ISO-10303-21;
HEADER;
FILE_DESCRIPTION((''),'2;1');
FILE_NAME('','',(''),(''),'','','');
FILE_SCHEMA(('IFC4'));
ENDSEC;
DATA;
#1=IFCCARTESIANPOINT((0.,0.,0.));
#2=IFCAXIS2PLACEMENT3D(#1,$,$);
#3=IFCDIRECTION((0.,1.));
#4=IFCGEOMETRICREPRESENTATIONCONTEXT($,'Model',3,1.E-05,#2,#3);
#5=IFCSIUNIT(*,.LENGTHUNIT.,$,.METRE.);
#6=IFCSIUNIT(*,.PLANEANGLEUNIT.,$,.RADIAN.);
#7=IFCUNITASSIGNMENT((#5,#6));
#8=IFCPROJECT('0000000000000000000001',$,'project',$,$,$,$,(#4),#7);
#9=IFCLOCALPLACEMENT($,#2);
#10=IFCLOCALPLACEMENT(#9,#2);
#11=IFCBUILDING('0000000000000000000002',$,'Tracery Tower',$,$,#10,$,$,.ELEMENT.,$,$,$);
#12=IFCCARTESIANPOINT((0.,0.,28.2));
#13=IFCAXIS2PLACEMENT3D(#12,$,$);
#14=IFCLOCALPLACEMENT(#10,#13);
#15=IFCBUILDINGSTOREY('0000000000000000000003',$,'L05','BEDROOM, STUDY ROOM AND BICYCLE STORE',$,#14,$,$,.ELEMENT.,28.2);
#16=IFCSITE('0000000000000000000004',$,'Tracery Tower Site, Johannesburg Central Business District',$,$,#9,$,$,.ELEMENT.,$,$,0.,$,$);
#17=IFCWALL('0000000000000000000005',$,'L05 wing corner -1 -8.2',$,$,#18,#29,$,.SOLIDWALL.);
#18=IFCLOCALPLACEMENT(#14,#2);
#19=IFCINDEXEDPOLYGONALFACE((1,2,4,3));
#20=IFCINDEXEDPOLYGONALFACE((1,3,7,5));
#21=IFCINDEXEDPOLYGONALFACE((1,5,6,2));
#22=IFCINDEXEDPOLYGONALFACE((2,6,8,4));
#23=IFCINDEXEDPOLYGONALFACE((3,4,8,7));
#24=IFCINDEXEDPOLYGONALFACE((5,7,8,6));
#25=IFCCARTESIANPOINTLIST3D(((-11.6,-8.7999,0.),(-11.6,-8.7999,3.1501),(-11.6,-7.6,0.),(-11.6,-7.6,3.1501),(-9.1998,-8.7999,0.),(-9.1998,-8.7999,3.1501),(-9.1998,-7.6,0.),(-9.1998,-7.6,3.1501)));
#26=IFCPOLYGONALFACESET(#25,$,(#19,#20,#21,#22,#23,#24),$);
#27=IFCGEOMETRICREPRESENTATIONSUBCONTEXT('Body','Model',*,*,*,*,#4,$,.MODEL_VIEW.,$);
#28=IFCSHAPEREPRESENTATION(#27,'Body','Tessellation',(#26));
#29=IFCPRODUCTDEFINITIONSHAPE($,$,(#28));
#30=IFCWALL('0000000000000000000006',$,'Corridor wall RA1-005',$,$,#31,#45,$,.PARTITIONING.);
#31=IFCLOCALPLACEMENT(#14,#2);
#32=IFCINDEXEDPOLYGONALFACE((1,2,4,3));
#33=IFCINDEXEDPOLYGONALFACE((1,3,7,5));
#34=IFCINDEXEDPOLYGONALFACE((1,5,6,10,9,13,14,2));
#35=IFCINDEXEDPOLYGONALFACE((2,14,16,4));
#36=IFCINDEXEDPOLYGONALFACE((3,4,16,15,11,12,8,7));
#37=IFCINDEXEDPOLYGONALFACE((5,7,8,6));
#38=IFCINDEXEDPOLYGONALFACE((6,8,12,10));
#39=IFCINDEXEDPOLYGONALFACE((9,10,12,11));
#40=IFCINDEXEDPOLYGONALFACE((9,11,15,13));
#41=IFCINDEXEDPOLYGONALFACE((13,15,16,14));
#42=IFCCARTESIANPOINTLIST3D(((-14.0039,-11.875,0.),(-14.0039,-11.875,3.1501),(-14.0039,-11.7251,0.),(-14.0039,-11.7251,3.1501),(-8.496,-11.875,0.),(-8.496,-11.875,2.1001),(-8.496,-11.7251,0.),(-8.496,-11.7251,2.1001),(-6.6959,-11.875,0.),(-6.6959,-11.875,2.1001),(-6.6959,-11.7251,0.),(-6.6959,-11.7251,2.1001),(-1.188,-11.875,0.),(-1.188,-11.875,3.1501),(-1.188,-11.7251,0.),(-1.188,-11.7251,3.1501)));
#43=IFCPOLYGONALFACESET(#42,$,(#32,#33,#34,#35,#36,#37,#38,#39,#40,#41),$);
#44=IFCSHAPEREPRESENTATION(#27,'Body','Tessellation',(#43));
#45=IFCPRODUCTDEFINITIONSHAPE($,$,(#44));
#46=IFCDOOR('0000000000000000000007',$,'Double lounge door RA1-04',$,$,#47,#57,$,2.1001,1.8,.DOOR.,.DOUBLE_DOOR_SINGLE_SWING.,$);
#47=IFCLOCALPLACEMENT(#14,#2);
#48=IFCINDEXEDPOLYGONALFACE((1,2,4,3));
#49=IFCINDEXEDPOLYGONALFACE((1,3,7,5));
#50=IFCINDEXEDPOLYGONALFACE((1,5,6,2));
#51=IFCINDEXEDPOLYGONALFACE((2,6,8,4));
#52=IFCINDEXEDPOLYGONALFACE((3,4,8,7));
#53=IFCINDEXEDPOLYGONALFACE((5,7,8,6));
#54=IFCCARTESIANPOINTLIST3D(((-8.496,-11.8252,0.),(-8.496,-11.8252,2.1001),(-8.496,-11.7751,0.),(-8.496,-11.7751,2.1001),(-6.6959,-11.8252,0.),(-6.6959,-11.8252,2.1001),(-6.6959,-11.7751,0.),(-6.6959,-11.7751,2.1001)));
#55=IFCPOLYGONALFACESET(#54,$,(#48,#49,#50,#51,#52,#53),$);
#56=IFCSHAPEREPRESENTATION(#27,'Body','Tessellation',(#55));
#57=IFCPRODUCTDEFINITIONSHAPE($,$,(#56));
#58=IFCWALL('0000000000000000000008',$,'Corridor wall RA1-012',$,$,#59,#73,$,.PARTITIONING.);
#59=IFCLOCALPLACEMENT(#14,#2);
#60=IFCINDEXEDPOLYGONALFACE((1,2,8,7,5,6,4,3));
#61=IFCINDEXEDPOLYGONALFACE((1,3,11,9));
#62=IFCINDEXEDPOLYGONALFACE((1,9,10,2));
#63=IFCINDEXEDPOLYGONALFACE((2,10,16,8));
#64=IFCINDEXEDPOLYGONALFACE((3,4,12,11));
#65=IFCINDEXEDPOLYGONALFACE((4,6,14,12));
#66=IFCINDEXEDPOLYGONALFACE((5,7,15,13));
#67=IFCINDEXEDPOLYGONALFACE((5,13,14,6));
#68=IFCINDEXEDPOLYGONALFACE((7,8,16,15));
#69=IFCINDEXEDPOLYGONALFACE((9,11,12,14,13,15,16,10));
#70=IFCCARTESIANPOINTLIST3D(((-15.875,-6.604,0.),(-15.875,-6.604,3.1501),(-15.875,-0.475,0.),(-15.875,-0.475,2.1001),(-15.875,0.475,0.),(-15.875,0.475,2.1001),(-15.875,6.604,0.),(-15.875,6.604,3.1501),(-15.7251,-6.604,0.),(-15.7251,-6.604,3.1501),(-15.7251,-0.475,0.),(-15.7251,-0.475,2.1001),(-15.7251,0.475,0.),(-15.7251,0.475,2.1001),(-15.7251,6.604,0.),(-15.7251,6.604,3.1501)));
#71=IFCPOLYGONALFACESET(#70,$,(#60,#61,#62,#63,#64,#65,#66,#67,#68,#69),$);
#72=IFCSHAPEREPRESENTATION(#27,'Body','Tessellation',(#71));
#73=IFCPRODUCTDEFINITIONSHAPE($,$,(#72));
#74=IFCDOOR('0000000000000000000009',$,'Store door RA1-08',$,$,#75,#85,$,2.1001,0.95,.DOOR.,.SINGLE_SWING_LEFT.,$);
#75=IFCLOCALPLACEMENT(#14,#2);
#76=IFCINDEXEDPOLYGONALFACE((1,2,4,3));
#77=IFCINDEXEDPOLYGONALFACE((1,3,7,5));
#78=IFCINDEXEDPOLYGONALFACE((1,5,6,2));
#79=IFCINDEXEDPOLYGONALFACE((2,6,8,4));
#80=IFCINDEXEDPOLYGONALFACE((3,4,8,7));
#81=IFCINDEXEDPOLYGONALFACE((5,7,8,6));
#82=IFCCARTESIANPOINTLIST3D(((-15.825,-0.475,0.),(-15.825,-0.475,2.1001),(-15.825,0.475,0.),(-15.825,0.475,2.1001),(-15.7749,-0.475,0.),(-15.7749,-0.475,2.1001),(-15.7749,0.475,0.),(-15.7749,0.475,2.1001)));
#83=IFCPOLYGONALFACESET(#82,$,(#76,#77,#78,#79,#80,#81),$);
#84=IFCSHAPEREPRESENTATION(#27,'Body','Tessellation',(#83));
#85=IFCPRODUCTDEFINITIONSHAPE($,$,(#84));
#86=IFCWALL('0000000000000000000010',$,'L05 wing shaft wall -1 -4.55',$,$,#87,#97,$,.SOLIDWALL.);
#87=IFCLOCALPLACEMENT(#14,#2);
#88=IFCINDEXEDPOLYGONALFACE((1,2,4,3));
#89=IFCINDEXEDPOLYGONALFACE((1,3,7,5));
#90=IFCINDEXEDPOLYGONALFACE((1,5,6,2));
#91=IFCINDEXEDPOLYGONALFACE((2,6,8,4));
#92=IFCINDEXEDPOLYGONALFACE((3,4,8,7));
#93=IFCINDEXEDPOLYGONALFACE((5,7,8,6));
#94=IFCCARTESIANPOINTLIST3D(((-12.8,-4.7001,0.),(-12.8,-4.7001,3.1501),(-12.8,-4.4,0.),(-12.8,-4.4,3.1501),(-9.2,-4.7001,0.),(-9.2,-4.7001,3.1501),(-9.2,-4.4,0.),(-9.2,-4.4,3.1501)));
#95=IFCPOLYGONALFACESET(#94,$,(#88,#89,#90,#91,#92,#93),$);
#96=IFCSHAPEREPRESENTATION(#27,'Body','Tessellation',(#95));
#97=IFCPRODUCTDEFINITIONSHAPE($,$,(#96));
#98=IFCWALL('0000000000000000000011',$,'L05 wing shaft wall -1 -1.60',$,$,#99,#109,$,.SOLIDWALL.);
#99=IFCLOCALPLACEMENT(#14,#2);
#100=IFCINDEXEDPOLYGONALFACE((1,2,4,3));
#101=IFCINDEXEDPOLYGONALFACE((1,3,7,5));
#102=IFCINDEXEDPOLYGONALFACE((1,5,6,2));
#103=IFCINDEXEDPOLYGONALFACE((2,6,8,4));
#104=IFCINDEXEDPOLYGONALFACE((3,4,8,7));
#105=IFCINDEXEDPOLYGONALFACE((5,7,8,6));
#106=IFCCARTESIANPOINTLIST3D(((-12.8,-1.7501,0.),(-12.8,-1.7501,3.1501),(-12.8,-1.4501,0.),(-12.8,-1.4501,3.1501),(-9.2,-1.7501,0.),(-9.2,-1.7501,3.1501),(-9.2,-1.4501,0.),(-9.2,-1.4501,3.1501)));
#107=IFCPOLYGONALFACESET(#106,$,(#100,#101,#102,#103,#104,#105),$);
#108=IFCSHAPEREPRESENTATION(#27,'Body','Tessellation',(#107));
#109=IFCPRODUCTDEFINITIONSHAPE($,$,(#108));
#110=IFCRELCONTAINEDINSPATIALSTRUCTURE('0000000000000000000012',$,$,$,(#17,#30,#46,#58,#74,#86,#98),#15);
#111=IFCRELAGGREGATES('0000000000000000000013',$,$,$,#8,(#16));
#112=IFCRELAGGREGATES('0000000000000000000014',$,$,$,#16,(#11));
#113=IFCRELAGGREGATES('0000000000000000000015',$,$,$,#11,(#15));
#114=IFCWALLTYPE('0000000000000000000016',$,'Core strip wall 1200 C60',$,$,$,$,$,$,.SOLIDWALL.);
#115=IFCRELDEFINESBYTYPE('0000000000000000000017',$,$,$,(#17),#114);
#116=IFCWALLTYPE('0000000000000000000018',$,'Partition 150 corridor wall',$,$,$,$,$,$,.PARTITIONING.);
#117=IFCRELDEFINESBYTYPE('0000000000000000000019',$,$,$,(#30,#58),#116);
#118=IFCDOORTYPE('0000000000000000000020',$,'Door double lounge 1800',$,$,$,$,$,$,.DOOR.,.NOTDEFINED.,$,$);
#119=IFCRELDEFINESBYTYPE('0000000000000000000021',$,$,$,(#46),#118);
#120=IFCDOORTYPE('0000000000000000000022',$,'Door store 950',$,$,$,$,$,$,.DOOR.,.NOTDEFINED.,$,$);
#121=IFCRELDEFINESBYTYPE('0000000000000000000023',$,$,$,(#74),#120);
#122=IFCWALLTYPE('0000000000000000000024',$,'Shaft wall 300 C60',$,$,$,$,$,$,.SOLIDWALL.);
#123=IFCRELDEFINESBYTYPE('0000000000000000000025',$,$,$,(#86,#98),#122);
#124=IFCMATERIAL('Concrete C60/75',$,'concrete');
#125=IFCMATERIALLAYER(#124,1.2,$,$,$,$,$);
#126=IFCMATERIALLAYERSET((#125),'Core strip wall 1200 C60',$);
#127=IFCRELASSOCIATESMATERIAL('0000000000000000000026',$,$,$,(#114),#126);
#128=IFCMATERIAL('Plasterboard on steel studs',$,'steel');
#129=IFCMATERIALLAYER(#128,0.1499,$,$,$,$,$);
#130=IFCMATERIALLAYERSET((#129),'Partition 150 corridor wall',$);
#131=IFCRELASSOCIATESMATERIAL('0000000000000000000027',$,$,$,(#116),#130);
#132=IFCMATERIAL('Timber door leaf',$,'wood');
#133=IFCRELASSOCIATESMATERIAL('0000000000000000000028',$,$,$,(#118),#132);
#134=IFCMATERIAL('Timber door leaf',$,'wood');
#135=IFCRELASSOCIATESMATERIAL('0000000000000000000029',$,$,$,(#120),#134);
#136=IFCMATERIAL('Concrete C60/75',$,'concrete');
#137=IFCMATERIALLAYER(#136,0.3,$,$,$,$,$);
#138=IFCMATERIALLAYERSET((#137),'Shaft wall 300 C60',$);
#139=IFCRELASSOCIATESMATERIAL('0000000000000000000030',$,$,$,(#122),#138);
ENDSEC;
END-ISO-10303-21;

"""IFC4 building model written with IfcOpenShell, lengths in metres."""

from ifc_helpers import new_model, si_unit, direction, frame, frame_2d, origin, place, context, subcontext, project, spatial, rectangle, extrude, material, layer, layer_set, type_object, element, fill, save


model = new_model("IFC4")

# Units and contexts
model_context = context("Model", 3, precision=1e-05, world=origin(), true_north=direction((0.0, 1.0)))
body_context = subcontext(model_context, "Body", "Model", "MODEL_VIEW")
ifc_project = project(units=[si_unit("LENGTHUNIT", "METRE"), si_unit("PLANEANGLEUNIT", "RADIAN")], contexts=[model_context])

# Site, building, storey
site_placement = place(None, origin())
site = spatial("IfcSite", under=ifc_project, at=site_placement, Name="Tracery Tower Site, Johannesburg Central Business District", CompositionType="ELEMENT", RefElevation=0.0)
building_placement = place(site_placement, origin())
building = spatial("IfcBuilding", under=site, at=building_placement, Name="Tracery Tower", CompositionType="ELEMENT")
storey_placement = place(building_placement, frame((0.0, 0.0, 28.2)))
storey = spatial("IfcBuildingStorey", under=building, at=storey_placement, Name="L05", Description="BEDROOM, STUDY ROOM AND BICYCLE STORE", CompositionType="ELEMENT", Elevation=28.2)

# Wall
ifc_material_1 = material(Name="Concrete C60/75", Category="concrete")
ifc_layer_1 = layer(ifc_material_1, 1.2)
ifc_layer_set_1 = layer_set([ifc_layer_1], Name="Core strip wall 1200 C60")
wall_type_1 = type_object("IfcWallType", Name="Core strip wall 1200 C60", PredefinedType="SOLIDWALL", material=ifc_layer_set_1)
wall_1_placement = place(storey_placement, frame((-11.6001, -8.2, 0.0), z_axis=(0.0, 0.0, 1.0), x_axis=(1.0, 0.0, 0.0)))
element("IfcWall", 1, at=wall_1_placement, inside=storey, type_object=wall_type_1, Name="L05 wing corner -1 -8.2", PredefinedType="SOLIDWALL", context=body_context, shape_type="SweptSolid", body=[
    extrude(rectangle(XDim=2.4001, YDim=1.2, at=frame_2d((1.2002, 0.0))), origin(), (0.0, 0.0, 1.0), 3.1501),
])

# Walls, openings, doors
ifc_material_2 = material(Name="Plasterboard on steel studs", Category="steel")
ifc_layer_2 = layer(ifc_material_2, 0.1499)
ifc_layer_set_2 = layer_set([ifc_layer_2], Name="Partition 150 corridor wall")
wall_type_2 = type_object("IfcWallType", Name="Partition 150 corridor wall", PredefinedType="PARTITIONING", material=ifc_layer_set_2)
wall_2_placement = place(storey_placement, frame((-14.0039, -11.8, 0.0), z_axis=(0.0, 0.0, 1.0), x_axis=(1.0, 0.0, 0.0)))
wall_2 = element("IfcWall", 2, at=wall_2_placement, inside=storey, type_object=wall_type_2, Name="Corridor wall RA1-005", PredefinedType="PARTITIONING", context=body_context, shape_type="SweptSolid", body=[
    extrude(rectangle(XDim=12.8159, YDim=0.1499, at=frame_2d((6.408, 0.0))), origin(), (0.0, 0.0, 1.0), 3.1501),
])
opening_1_placement = place(wall_2_placement, frame((5.5081, 0.0, 0.0)))
opening_1 = element("IfcOpeningElement", 3, at=opening_1_placement, cuts=wall_2, PredefinedType="OPENING", context=body_context, shape_type="SweptSolid", body=[
    extrude(rectangle(XDim=1.8, YDim=2.1001, at=frame_2d((0.8999, 1.05))), frame((0.0, 0.075, 0.0), z_axis=(0.0, -1.0, 0.0), x_axis=(1.0, 0.0, 0.0)), (0.0, 0.0, 1.0), 0.1499),
])
ifc_material_3 = material(Name="Timber door leaf", Category="wood")
door_type_1 = type_object("IfcDoorType", Name="Door double lounge 1800", OperationType="NOTDEFINED", PredefinedType="DOOR", material=ifc_material_3)
door_1_placement = place(opening_1_placement, origin())
door_1 = element("IfcDoor", 4, at=door_1_placement, inside=storey, type_object=door_type_1, Name="Double lounge door RA1-04", OperationType="DOUBLE_DOOR_SINGLE_SWING", OverallHeight=2.1001, OverallWidth=1.8, PredefinedType="DOOR", context=body_context, shape_type="SweptSolid", body=[
    extrude(rectangle(XDim=1.8, YDim=2.1001, at=frame_2d((0.8999, 1.05))), frame((0.0, 0.0249, 0.0), z_axis=(0.0, -1.0, 0.0), x_axis=(1.0, 0.0, 0.0)), (0.0, 0.0, 1.0), 0.05),
])
fill(opening_1, door_1)
wall_3_placement = place(storey_placement, frame((-15.8, -6.604, 0.0), z_axis=(0.0, 0.0, 1.0), x_axis=(0.0, 1.0, 0.0)))
wall_3 = element("IfcWall", 5, at=wall_3_placement, inside=storey, type_object=wall_type_2, Name="Corridor wall RA1-012", PredefinedType="PARTITIONING", context=body_context, shape_type="SweptSolid", body=[
    extrude(rectangle(XDim=13.208, YDim=0.1499, at=frame_2d((6.604, 0.0))), origin(), (0.0, 0.0, 1.0), 3.1501),
])
opening_2_placement = place(wall_3_placement, frame((6.1289, 0.0, 0.0)))
opening_2 = element("IfcOpeningElement", 6, at=opening_2_placement, cuts=wall_3, PredefinedType="OPENING", context=body_context, shape_type="SweptSolid", body=[
    extrude(rectangle(XDim=0.95, YDim=2.1001, at=frame_2d((0.4751, 1.05))), frame((0.0, 0.075, 0.0), z_axis=(0.0, -1.0, 0.0), x_axis=(1.0, 0.0, 0.0)), (0.0, 0.0, 1.0), 0.1499),
])
ifc_material_4 = material(Name="Timber door leaf", Category="wood")
door_type_2 = type_object("IfcDoorType", Name="Door store 950", OperationType="NOTDEFINED", PredefinedType="DOOR", material=ifc_material_4)
door_2_placement = place(opening_2_placement, origin())
door_2 = element("IfcDoor", 7, at=door_2_placement, inside=storey, type_object=door_type_2, Name="Store door RA1-08", OperationType="SINGLE_SWING_LEFT", OverallHeight=2.1001, OverallWidth=0.95, PredefinedType="DOOR", context=body_context, shape_type="SweptSolid", body=[
    extrude(rectangle(XDim=0.95, YDim=2.1001, at=frame_2d((0.4751, 1.05))), frame((0.0, 0.0249, 0.0), z_axis=(0.0, -1.0, 0.0), x_axis=(1.0, 0.0, 0.0)), (0.0, 0.0, 1.0), 0.05),
])
fill(opening_2, door_2)

# Walls
ifc_material_5 = material(Name="Concrete C60/75", Category="concrete")
ifc_layer_3 = layer(ifc_material_5, 0.3)
ifc_layer_set_3 = layer_set([ifc_layer_3], Name="Shaft wall 300 C60")
wall_type_3 = type_object("IfcWallType", Name="Shaft wall 300 C60", PredefinedType="SOLIDWALL", material=ifc_layer_set_3)
for number, where, z_axis, x_axis, name in (
    (8, (-12.8, -4.55, 0.0), (0.0, 0.0, 1.0), (1.0, 0.0, 0.0), "L05 wing shaft wall -1 -4.55"),
    (9, (-12.8, -1.6001, 0.0), (0.0, 0.0, 1.0), (1.0, 0.0, 0.0), "L05 wing shaft wall -1 -1.60"),
):
    element("IfcWall", number, at=place(storey_placement, frame(where, z_axis=z_axis, x_axis=x_axis)), inside=storey, type_object=wall_type_3, Name=name, PredefinedType="SOLIDWALL", context=body_context, shape_type="SweptSolid", body=[
        extrude(rectangle(XDim=3.6001, YDim=0.3, at=frame_2d((1.8, 0.0))), origin(), (0.0, 0.0, 1.0), 3.1501),
    ])

save(model, "model.ifc")
